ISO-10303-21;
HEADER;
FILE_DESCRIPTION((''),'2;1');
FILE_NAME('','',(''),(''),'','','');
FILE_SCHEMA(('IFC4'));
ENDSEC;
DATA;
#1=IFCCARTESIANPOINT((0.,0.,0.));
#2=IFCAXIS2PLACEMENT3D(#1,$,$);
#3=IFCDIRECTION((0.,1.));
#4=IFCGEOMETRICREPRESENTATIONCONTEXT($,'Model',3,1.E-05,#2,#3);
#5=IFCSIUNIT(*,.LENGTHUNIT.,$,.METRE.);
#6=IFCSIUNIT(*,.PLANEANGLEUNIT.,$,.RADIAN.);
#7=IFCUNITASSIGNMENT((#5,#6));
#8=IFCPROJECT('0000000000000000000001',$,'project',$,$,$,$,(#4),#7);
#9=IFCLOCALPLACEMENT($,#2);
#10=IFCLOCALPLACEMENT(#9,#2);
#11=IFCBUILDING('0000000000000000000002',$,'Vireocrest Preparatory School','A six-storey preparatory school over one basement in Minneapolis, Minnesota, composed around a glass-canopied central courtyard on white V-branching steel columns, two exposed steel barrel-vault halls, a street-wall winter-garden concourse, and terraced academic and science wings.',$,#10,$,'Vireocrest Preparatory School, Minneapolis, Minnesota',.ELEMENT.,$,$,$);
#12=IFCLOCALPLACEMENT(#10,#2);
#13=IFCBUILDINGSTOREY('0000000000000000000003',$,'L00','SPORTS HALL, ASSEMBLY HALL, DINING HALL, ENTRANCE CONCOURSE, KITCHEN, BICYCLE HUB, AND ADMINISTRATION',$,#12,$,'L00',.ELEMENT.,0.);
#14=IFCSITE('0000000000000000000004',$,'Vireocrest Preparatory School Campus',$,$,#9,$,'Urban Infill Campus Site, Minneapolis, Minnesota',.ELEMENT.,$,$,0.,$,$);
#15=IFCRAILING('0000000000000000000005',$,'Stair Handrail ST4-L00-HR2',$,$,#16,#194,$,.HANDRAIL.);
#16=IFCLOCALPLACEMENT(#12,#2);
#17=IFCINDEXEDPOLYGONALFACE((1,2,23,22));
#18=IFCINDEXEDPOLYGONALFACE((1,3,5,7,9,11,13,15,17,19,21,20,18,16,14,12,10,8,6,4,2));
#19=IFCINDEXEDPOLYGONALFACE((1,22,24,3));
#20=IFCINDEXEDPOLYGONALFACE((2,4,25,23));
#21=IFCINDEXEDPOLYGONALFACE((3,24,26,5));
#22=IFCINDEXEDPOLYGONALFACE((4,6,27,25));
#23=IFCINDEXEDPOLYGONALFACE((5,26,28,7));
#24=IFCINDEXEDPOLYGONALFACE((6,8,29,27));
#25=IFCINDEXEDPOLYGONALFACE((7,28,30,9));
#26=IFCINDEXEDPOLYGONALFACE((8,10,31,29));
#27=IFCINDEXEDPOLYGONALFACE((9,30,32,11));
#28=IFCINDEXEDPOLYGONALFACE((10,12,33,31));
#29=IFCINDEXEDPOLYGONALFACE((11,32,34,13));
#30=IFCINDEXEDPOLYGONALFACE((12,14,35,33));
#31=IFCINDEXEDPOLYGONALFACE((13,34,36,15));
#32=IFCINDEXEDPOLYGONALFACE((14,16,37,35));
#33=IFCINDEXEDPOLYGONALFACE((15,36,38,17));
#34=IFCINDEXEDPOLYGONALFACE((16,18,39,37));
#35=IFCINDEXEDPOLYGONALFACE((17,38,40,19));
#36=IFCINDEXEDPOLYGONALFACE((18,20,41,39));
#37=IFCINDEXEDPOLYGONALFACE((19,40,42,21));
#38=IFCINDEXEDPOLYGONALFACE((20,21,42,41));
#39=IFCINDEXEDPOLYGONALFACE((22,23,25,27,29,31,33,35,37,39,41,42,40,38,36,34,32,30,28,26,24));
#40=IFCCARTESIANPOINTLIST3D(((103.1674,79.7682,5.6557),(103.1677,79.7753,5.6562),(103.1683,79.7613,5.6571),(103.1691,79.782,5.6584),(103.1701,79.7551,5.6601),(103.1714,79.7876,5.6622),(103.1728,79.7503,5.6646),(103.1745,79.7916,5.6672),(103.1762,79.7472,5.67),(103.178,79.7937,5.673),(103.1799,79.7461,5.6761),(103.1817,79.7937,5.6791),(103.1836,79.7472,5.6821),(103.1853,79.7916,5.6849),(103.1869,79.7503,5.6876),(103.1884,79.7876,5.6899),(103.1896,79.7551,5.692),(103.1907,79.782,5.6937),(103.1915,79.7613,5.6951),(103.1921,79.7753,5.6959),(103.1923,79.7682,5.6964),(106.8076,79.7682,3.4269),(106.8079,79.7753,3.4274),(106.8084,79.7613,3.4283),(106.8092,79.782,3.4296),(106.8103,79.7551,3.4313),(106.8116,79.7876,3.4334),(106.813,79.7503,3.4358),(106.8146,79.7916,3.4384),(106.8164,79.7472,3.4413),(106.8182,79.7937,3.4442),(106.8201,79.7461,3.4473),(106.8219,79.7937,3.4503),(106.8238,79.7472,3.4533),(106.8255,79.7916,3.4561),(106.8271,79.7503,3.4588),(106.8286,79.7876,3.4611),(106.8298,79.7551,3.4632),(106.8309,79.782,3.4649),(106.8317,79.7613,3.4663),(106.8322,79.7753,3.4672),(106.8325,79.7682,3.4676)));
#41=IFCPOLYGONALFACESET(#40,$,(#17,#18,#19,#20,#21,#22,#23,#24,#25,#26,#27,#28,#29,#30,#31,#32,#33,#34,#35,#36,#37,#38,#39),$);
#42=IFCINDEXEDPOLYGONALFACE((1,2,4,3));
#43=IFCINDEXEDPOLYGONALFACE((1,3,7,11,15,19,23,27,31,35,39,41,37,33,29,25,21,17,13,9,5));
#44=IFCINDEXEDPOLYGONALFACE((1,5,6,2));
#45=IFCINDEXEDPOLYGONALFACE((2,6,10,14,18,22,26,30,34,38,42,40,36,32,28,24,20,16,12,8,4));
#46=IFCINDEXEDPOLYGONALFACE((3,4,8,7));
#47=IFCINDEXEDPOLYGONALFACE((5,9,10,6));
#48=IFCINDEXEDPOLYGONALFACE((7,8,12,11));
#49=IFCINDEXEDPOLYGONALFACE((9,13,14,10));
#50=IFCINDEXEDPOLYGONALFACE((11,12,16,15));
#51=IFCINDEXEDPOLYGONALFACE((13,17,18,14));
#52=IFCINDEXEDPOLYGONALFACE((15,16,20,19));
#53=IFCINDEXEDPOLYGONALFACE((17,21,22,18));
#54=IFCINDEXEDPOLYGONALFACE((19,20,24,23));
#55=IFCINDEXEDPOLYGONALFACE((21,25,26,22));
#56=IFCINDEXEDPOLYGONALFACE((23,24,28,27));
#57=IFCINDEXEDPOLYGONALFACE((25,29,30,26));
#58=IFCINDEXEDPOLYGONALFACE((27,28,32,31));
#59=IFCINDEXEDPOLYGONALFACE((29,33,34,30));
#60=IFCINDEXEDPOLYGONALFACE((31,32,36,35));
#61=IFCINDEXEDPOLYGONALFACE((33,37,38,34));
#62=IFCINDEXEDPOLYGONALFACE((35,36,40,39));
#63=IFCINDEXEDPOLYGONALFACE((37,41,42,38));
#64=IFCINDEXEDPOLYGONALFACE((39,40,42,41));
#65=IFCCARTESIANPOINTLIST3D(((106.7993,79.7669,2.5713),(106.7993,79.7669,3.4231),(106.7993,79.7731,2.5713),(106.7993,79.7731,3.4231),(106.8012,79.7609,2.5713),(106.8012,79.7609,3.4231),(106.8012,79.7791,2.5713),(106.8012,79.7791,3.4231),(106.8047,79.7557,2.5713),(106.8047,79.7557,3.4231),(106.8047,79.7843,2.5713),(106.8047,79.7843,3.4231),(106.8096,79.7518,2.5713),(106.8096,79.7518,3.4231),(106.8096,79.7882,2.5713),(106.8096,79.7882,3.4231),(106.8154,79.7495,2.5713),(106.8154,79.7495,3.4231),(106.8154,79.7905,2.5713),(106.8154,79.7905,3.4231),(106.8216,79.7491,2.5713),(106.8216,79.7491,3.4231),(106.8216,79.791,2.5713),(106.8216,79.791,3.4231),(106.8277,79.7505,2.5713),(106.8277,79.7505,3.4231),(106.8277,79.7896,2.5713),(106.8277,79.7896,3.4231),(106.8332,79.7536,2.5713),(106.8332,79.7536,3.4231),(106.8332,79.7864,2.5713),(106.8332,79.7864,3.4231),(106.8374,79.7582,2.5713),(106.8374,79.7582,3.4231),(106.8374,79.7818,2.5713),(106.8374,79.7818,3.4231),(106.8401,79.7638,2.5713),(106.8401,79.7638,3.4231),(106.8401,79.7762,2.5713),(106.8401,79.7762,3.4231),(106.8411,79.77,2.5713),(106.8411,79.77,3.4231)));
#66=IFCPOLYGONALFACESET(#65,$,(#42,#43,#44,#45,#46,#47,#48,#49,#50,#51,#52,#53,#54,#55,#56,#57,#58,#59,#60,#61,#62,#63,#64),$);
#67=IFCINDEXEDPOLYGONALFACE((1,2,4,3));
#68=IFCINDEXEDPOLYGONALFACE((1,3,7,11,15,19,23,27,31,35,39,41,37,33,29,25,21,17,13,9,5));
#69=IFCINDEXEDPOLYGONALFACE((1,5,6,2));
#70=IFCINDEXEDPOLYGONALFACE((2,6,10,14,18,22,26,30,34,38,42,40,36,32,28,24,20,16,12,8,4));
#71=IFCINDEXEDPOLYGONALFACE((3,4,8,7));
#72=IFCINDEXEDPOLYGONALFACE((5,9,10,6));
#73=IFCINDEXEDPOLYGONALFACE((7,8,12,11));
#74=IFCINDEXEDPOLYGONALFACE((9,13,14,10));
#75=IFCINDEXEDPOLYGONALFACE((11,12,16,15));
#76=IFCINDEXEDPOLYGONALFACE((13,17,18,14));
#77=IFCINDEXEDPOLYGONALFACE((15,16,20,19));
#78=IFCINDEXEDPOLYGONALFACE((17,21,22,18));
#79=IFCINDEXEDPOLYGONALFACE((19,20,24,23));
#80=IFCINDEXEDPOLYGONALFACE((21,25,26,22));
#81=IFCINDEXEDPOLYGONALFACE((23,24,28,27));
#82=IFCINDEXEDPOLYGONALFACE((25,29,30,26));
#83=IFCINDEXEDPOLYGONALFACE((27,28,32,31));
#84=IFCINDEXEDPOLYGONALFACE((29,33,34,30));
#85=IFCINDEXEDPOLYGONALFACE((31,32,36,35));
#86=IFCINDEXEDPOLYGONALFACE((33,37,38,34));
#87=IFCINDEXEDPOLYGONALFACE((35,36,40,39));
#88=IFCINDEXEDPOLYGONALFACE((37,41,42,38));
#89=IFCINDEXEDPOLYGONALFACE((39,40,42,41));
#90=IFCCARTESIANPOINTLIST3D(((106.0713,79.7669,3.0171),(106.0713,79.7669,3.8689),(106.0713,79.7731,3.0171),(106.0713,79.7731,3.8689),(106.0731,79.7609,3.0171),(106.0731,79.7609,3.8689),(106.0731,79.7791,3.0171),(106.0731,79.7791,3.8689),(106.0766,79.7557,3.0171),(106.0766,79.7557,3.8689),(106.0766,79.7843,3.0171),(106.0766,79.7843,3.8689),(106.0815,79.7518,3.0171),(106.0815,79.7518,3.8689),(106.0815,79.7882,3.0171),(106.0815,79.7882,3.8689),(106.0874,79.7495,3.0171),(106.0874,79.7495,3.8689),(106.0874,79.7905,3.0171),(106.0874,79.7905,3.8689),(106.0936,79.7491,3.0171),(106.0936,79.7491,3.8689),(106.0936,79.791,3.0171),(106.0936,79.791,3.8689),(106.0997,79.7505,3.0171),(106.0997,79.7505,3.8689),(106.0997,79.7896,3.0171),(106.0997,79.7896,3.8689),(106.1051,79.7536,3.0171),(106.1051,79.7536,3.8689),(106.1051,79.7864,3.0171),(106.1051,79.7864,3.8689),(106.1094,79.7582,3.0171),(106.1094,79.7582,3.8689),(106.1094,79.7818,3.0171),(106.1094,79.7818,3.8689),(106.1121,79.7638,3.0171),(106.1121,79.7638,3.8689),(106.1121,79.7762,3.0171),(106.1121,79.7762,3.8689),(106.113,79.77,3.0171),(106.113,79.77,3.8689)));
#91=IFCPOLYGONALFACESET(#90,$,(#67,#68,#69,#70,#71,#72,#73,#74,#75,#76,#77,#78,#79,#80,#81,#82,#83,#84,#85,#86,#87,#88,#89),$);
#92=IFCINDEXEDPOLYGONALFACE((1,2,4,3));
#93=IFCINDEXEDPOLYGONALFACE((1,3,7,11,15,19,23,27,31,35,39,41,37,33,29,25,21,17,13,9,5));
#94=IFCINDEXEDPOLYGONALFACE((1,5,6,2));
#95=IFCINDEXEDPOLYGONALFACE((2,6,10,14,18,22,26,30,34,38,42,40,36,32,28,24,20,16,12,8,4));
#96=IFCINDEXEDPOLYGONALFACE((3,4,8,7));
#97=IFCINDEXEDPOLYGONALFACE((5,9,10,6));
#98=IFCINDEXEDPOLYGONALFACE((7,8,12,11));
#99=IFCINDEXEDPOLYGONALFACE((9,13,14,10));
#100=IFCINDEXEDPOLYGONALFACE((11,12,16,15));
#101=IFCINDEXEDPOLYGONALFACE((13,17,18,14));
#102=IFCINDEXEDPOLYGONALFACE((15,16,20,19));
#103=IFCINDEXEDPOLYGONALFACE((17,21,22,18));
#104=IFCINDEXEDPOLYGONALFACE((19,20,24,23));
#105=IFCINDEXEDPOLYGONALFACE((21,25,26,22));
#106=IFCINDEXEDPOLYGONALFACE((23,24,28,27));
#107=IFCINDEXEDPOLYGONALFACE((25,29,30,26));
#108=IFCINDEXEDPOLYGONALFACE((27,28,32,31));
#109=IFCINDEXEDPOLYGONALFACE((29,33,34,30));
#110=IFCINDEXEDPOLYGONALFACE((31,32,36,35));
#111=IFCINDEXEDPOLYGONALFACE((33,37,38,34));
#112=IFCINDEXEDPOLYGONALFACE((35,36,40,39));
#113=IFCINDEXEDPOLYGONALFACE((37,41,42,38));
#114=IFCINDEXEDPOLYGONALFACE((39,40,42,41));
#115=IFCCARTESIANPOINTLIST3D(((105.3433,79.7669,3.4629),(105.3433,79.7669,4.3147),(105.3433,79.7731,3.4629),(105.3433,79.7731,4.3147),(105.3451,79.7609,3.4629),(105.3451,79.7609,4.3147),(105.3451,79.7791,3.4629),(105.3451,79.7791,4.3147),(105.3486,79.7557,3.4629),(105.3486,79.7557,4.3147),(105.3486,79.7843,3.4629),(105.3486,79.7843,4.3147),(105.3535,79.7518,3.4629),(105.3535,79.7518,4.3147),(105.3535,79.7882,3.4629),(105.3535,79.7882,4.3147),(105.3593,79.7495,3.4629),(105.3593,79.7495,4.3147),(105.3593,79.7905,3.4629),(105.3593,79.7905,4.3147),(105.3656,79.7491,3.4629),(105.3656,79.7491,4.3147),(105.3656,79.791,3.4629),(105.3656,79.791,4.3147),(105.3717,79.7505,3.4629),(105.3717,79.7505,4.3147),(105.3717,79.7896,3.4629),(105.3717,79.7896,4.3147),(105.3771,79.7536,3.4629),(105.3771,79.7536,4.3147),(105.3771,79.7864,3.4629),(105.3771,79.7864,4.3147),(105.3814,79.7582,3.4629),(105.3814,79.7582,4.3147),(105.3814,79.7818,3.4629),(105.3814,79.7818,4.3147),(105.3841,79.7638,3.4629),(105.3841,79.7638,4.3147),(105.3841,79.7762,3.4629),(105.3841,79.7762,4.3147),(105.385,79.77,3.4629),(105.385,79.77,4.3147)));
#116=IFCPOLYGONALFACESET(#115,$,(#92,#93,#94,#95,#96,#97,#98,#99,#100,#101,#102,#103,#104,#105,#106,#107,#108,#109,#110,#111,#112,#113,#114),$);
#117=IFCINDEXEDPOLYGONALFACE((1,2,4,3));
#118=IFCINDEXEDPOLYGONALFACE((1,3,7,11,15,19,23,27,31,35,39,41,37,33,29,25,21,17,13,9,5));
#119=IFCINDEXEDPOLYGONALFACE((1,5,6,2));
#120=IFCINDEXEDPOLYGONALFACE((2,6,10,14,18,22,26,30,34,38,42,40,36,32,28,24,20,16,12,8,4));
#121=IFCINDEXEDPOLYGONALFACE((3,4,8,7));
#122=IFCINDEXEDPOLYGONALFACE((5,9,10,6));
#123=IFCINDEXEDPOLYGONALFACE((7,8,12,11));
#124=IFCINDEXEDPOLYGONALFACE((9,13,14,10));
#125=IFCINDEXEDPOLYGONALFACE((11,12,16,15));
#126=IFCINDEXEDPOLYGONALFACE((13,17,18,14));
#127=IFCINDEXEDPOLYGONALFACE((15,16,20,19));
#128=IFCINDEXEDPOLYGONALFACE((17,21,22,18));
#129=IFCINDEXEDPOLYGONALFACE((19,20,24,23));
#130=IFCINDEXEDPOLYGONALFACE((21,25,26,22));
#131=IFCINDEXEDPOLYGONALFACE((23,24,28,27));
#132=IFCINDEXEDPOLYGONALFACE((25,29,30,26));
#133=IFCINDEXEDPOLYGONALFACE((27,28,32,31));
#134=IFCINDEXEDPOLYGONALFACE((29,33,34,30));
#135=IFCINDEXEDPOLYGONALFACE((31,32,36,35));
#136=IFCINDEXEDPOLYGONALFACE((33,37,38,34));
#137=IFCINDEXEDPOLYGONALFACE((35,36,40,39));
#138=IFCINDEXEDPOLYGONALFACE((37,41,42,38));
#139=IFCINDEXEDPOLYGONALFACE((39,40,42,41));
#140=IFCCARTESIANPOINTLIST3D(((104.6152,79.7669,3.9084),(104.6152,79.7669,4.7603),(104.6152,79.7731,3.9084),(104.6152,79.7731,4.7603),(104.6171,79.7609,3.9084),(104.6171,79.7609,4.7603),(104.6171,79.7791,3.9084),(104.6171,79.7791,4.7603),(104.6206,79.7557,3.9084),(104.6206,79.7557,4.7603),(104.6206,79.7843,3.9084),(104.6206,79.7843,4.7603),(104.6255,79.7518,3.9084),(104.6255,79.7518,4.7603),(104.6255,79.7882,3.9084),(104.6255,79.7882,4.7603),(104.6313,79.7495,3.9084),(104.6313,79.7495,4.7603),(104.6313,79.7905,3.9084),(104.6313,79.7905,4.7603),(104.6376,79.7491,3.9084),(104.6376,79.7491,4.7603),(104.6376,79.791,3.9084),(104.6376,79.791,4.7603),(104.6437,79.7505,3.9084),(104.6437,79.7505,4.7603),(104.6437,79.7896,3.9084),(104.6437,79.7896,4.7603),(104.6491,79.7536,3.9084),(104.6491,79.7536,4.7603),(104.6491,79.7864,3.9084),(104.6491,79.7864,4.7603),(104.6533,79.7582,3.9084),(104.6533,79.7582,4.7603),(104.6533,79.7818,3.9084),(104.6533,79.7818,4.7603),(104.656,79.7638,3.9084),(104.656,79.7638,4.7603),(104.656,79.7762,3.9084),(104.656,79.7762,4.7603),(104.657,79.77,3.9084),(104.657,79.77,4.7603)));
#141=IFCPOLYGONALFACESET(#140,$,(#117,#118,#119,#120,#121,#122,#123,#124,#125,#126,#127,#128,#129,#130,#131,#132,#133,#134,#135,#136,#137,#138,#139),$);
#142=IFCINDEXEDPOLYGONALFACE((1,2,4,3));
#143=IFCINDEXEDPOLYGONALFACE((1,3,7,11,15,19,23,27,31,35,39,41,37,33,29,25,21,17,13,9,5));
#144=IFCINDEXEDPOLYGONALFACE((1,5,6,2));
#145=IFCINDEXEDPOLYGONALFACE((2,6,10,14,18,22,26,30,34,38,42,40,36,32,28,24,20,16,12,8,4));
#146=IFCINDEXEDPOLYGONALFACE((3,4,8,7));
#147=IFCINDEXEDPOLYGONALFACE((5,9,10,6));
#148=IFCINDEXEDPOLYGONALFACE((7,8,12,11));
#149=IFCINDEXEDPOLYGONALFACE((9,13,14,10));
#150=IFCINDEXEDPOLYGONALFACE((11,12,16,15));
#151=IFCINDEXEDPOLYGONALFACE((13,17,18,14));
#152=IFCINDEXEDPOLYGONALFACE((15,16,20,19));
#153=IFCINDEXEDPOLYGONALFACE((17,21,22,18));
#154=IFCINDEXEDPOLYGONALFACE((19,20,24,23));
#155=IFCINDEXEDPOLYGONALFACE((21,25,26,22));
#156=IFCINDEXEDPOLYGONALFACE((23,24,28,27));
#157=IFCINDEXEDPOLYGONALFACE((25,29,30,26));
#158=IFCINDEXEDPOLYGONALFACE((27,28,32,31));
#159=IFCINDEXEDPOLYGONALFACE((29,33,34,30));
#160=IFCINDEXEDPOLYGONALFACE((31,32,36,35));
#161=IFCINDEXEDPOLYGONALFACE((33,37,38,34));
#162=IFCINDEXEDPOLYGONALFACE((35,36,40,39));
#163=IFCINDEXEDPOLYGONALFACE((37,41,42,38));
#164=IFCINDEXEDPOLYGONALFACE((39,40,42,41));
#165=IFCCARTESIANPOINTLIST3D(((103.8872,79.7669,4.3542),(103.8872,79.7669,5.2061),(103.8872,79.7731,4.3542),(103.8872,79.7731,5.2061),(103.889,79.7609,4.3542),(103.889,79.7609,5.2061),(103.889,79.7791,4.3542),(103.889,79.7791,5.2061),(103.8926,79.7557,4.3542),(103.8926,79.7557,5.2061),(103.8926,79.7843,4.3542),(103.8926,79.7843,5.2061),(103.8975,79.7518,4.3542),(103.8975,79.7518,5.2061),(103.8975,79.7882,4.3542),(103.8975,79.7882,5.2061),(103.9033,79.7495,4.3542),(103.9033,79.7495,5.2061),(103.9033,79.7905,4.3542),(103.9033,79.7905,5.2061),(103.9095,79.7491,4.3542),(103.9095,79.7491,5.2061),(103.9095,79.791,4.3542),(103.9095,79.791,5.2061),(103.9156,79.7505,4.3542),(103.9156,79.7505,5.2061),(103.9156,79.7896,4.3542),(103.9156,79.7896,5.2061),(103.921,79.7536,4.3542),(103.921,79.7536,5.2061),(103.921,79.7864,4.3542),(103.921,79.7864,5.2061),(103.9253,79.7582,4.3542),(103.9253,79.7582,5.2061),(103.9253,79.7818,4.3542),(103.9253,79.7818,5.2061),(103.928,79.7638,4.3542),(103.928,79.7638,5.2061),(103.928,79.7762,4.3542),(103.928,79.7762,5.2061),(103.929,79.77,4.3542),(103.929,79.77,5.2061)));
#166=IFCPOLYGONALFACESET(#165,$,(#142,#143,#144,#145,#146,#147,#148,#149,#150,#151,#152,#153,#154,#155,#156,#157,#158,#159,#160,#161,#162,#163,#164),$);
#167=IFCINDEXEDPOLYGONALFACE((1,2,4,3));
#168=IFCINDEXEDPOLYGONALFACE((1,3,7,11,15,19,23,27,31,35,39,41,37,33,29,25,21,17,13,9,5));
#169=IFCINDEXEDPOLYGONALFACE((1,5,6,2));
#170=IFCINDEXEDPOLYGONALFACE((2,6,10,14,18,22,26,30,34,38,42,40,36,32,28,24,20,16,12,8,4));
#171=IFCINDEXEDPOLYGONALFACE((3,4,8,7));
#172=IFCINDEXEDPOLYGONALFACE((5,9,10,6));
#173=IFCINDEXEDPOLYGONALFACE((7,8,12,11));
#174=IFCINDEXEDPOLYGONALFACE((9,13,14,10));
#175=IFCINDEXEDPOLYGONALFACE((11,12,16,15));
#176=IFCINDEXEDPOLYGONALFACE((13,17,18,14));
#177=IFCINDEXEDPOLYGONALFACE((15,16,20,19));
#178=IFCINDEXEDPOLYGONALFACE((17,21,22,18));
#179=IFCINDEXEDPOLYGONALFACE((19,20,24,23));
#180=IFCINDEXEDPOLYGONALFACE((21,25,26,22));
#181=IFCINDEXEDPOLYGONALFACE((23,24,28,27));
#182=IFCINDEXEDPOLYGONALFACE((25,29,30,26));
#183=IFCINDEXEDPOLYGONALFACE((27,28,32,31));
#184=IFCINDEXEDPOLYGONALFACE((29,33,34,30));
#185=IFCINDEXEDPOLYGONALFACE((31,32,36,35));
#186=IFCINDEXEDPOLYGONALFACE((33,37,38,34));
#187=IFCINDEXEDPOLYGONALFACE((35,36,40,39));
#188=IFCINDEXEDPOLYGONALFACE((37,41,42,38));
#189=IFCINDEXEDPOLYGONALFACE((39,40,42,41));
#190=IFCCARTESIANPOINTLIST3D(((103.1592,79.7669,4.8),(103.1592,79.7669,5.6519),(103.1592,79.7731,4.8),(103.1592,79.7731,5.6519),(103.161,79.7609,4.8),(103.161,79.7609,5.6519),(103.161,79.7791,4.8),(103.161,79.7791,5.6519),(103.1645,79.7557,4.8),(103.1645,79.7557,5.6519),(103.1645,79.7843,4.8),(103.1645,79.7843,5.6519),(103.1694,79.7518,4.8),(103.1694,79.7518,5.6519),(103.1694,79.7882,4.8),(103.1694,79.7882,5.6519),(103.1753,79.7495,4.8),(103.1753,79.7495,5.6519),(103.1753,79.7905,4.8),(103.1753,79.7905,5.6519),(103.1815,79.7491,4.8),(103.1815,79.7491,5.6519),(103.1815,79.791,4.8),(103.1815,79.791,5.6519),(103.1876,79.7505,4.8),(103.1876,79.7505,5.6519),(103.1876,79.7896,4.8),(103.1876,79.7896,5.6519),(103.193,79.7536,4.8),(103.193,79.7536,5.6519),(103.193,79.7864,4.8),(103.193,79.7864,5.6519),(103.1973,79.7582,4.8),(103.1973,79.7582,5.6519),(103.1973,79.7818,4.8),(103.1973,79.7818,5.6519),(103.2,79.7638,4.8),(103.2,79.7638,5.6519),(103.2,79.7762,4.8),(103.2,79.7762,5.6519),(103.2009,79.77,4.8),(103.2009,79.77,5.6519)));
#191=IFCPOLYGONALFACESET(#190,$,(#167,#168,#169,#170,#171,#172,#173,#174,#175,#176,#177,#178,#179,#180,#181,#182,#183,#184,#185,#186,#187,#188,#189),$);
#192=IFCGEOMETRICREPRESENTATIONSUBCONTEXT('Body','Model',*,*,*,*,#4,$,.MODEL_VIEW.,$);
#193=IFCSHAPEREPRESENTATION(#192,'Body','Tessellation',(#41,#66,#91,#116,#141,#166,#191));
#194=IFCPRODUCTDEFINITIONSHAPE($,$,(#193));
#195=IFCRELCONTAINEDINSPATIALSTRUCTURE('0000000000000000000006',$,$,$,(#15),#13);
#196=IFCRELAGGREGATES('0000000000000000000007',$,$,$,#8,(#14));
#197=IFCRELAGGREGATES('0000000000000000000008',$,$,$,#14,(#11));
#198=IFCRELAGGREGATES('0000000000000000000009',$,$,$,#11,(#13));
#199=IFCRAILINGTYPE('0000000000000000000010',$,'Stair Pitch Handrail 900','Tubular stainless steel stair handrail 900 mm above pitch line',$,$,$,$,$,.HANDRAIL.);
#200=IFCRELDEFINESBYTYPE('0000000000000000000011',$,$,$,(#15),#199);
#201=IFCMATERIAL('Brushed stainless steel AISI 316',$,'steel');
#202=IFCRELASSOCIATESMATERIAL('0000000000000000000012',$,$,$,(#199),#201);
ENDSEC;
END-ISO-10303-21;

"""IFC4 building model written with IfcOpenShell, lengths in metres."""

from ifc_helpers import new_model, si_unit, direction, frame, origin, origin_2d, place, context, subcontext, project, spatial, circle, extrude, material, type_object, element, save


model = new_model("IFC4")

# Units and contexts
model_context = context("Model", 3, precision=1e-05, world=origin(), true_north=direction((0.0, 1.0)))
body_context = subcontext(model_context, "Body", "Model", "MODEL_VIEW")
ifc_project = project(units=[si_unit("LENGTHUNIT", "METRE"), si_unit("PLANEANGLEUNIT", "RADIAN")], contexts=[model_context])

# Site, building, storey
site_placement = place(None, origin())
site = spatial("IfcSite", under=ifc_project, at=site_placement, Name="Vireocrest Preparatory School Campus", LongName="Urban Infill Campus Site, Minneapolis, Minnesota", CompositionType="ELEMENT", RefElevation=0.0)
building_placement = place(site_placement, origin())
building = spatial("IfcBuilding", under=site, at=building_placement, Name="Vireocrest Preparatory School", Description="A six-storey preparatory school over one basement in Minneapolis, Minnesota, composed around a glass-canopied central courtyard on white V-branching steel columns, two exposed steel barrel-vault halls, a street-wall winter-garden concourse, and terraced academic and science wings.", LongName="Vireocrest Preparatory School, Minneapolis, Minnesota", CompositionType="ELEMENT")
storey_placement = place(building_placement, origin())
storey = spatial("IfcBuildingStorey", under=building, at=storey_placement, Name="L00", Description="SPORTS HALL, ASSEMBLY HALL, DINING HALL, ENTRANCE CONCOURSE, KITCHEN, BICYCLE HUB, AND ADMINISTRATION", LongName="L00", CompositionType="ELEMENT", Elevation=0.0)

# Railing
ifc_material_1 = material(Name="Brushed stainless steel AISI 316", Category="steel")
railing_type_1 = type_object("IfcRailingType", Name="Stair Pitch Handrail 900", Description="Tubular stainless steel stair handrail 900 mm above pitch line", PredefinedType="HANDRAIL", material=ifc_material_1)
railing_1_placement = place(storey_placement, frame((106.8201, 79.77, 2.5713)))
element("IfcRailing", 1, at=railing_1_placement, inside=storey, type_object=railing_type_1, Name="Stair Handrail ST4-L00-HR2", PredefinedType="HANDRAIL", context=body_context, shape_type="SweptSolid", body=[
    extrude(circle(Radius=0.0239, at=origin_2d()), frame((0.0, 0.0, 0.876), z_axis=(-0.85284, 0.0, 0.522172), x_axis=(0.0, -1.0, 0.0)), (0.0, 0.0, 1.0), 4.2683),
    extrude(circle(Radius=0.021, at=origin_2d()), origin(), (0.0, 0.0, 1.0), 0.8518),
    extrude(circle(Radius=0.021, at=origin_2d()), frame((-0.728, 0.0, 0.4458)), (0.0, 0.0, 1.0), 0.8518),
    extrude(circle(Radius=0.021, at=origin_2d()), frame((-1.4561, 0.0, 0.8916)), (0.0, 0.0, 1.0), 0.8518),
    extrude(circle(Radius=0.021, at=origin_2d()), frame((-2.1841, 0.0, 1.3372)), (0.0, 0.0, 1.0), 0.8518),
    extrude(circle(Radius=0.021, at=origin_2d()), frame((-2.9121, 0.0, 1.783)), (0.0, 0.0, 1.0), 0.8518),
    extrude(circle(Radius=0.021, at=origin_2d()), frame((-3.6401, 0.0, 2.2288)), (0.0, 0.0, 1.0), 0.8518),
])

save(model, "model.ifc")
